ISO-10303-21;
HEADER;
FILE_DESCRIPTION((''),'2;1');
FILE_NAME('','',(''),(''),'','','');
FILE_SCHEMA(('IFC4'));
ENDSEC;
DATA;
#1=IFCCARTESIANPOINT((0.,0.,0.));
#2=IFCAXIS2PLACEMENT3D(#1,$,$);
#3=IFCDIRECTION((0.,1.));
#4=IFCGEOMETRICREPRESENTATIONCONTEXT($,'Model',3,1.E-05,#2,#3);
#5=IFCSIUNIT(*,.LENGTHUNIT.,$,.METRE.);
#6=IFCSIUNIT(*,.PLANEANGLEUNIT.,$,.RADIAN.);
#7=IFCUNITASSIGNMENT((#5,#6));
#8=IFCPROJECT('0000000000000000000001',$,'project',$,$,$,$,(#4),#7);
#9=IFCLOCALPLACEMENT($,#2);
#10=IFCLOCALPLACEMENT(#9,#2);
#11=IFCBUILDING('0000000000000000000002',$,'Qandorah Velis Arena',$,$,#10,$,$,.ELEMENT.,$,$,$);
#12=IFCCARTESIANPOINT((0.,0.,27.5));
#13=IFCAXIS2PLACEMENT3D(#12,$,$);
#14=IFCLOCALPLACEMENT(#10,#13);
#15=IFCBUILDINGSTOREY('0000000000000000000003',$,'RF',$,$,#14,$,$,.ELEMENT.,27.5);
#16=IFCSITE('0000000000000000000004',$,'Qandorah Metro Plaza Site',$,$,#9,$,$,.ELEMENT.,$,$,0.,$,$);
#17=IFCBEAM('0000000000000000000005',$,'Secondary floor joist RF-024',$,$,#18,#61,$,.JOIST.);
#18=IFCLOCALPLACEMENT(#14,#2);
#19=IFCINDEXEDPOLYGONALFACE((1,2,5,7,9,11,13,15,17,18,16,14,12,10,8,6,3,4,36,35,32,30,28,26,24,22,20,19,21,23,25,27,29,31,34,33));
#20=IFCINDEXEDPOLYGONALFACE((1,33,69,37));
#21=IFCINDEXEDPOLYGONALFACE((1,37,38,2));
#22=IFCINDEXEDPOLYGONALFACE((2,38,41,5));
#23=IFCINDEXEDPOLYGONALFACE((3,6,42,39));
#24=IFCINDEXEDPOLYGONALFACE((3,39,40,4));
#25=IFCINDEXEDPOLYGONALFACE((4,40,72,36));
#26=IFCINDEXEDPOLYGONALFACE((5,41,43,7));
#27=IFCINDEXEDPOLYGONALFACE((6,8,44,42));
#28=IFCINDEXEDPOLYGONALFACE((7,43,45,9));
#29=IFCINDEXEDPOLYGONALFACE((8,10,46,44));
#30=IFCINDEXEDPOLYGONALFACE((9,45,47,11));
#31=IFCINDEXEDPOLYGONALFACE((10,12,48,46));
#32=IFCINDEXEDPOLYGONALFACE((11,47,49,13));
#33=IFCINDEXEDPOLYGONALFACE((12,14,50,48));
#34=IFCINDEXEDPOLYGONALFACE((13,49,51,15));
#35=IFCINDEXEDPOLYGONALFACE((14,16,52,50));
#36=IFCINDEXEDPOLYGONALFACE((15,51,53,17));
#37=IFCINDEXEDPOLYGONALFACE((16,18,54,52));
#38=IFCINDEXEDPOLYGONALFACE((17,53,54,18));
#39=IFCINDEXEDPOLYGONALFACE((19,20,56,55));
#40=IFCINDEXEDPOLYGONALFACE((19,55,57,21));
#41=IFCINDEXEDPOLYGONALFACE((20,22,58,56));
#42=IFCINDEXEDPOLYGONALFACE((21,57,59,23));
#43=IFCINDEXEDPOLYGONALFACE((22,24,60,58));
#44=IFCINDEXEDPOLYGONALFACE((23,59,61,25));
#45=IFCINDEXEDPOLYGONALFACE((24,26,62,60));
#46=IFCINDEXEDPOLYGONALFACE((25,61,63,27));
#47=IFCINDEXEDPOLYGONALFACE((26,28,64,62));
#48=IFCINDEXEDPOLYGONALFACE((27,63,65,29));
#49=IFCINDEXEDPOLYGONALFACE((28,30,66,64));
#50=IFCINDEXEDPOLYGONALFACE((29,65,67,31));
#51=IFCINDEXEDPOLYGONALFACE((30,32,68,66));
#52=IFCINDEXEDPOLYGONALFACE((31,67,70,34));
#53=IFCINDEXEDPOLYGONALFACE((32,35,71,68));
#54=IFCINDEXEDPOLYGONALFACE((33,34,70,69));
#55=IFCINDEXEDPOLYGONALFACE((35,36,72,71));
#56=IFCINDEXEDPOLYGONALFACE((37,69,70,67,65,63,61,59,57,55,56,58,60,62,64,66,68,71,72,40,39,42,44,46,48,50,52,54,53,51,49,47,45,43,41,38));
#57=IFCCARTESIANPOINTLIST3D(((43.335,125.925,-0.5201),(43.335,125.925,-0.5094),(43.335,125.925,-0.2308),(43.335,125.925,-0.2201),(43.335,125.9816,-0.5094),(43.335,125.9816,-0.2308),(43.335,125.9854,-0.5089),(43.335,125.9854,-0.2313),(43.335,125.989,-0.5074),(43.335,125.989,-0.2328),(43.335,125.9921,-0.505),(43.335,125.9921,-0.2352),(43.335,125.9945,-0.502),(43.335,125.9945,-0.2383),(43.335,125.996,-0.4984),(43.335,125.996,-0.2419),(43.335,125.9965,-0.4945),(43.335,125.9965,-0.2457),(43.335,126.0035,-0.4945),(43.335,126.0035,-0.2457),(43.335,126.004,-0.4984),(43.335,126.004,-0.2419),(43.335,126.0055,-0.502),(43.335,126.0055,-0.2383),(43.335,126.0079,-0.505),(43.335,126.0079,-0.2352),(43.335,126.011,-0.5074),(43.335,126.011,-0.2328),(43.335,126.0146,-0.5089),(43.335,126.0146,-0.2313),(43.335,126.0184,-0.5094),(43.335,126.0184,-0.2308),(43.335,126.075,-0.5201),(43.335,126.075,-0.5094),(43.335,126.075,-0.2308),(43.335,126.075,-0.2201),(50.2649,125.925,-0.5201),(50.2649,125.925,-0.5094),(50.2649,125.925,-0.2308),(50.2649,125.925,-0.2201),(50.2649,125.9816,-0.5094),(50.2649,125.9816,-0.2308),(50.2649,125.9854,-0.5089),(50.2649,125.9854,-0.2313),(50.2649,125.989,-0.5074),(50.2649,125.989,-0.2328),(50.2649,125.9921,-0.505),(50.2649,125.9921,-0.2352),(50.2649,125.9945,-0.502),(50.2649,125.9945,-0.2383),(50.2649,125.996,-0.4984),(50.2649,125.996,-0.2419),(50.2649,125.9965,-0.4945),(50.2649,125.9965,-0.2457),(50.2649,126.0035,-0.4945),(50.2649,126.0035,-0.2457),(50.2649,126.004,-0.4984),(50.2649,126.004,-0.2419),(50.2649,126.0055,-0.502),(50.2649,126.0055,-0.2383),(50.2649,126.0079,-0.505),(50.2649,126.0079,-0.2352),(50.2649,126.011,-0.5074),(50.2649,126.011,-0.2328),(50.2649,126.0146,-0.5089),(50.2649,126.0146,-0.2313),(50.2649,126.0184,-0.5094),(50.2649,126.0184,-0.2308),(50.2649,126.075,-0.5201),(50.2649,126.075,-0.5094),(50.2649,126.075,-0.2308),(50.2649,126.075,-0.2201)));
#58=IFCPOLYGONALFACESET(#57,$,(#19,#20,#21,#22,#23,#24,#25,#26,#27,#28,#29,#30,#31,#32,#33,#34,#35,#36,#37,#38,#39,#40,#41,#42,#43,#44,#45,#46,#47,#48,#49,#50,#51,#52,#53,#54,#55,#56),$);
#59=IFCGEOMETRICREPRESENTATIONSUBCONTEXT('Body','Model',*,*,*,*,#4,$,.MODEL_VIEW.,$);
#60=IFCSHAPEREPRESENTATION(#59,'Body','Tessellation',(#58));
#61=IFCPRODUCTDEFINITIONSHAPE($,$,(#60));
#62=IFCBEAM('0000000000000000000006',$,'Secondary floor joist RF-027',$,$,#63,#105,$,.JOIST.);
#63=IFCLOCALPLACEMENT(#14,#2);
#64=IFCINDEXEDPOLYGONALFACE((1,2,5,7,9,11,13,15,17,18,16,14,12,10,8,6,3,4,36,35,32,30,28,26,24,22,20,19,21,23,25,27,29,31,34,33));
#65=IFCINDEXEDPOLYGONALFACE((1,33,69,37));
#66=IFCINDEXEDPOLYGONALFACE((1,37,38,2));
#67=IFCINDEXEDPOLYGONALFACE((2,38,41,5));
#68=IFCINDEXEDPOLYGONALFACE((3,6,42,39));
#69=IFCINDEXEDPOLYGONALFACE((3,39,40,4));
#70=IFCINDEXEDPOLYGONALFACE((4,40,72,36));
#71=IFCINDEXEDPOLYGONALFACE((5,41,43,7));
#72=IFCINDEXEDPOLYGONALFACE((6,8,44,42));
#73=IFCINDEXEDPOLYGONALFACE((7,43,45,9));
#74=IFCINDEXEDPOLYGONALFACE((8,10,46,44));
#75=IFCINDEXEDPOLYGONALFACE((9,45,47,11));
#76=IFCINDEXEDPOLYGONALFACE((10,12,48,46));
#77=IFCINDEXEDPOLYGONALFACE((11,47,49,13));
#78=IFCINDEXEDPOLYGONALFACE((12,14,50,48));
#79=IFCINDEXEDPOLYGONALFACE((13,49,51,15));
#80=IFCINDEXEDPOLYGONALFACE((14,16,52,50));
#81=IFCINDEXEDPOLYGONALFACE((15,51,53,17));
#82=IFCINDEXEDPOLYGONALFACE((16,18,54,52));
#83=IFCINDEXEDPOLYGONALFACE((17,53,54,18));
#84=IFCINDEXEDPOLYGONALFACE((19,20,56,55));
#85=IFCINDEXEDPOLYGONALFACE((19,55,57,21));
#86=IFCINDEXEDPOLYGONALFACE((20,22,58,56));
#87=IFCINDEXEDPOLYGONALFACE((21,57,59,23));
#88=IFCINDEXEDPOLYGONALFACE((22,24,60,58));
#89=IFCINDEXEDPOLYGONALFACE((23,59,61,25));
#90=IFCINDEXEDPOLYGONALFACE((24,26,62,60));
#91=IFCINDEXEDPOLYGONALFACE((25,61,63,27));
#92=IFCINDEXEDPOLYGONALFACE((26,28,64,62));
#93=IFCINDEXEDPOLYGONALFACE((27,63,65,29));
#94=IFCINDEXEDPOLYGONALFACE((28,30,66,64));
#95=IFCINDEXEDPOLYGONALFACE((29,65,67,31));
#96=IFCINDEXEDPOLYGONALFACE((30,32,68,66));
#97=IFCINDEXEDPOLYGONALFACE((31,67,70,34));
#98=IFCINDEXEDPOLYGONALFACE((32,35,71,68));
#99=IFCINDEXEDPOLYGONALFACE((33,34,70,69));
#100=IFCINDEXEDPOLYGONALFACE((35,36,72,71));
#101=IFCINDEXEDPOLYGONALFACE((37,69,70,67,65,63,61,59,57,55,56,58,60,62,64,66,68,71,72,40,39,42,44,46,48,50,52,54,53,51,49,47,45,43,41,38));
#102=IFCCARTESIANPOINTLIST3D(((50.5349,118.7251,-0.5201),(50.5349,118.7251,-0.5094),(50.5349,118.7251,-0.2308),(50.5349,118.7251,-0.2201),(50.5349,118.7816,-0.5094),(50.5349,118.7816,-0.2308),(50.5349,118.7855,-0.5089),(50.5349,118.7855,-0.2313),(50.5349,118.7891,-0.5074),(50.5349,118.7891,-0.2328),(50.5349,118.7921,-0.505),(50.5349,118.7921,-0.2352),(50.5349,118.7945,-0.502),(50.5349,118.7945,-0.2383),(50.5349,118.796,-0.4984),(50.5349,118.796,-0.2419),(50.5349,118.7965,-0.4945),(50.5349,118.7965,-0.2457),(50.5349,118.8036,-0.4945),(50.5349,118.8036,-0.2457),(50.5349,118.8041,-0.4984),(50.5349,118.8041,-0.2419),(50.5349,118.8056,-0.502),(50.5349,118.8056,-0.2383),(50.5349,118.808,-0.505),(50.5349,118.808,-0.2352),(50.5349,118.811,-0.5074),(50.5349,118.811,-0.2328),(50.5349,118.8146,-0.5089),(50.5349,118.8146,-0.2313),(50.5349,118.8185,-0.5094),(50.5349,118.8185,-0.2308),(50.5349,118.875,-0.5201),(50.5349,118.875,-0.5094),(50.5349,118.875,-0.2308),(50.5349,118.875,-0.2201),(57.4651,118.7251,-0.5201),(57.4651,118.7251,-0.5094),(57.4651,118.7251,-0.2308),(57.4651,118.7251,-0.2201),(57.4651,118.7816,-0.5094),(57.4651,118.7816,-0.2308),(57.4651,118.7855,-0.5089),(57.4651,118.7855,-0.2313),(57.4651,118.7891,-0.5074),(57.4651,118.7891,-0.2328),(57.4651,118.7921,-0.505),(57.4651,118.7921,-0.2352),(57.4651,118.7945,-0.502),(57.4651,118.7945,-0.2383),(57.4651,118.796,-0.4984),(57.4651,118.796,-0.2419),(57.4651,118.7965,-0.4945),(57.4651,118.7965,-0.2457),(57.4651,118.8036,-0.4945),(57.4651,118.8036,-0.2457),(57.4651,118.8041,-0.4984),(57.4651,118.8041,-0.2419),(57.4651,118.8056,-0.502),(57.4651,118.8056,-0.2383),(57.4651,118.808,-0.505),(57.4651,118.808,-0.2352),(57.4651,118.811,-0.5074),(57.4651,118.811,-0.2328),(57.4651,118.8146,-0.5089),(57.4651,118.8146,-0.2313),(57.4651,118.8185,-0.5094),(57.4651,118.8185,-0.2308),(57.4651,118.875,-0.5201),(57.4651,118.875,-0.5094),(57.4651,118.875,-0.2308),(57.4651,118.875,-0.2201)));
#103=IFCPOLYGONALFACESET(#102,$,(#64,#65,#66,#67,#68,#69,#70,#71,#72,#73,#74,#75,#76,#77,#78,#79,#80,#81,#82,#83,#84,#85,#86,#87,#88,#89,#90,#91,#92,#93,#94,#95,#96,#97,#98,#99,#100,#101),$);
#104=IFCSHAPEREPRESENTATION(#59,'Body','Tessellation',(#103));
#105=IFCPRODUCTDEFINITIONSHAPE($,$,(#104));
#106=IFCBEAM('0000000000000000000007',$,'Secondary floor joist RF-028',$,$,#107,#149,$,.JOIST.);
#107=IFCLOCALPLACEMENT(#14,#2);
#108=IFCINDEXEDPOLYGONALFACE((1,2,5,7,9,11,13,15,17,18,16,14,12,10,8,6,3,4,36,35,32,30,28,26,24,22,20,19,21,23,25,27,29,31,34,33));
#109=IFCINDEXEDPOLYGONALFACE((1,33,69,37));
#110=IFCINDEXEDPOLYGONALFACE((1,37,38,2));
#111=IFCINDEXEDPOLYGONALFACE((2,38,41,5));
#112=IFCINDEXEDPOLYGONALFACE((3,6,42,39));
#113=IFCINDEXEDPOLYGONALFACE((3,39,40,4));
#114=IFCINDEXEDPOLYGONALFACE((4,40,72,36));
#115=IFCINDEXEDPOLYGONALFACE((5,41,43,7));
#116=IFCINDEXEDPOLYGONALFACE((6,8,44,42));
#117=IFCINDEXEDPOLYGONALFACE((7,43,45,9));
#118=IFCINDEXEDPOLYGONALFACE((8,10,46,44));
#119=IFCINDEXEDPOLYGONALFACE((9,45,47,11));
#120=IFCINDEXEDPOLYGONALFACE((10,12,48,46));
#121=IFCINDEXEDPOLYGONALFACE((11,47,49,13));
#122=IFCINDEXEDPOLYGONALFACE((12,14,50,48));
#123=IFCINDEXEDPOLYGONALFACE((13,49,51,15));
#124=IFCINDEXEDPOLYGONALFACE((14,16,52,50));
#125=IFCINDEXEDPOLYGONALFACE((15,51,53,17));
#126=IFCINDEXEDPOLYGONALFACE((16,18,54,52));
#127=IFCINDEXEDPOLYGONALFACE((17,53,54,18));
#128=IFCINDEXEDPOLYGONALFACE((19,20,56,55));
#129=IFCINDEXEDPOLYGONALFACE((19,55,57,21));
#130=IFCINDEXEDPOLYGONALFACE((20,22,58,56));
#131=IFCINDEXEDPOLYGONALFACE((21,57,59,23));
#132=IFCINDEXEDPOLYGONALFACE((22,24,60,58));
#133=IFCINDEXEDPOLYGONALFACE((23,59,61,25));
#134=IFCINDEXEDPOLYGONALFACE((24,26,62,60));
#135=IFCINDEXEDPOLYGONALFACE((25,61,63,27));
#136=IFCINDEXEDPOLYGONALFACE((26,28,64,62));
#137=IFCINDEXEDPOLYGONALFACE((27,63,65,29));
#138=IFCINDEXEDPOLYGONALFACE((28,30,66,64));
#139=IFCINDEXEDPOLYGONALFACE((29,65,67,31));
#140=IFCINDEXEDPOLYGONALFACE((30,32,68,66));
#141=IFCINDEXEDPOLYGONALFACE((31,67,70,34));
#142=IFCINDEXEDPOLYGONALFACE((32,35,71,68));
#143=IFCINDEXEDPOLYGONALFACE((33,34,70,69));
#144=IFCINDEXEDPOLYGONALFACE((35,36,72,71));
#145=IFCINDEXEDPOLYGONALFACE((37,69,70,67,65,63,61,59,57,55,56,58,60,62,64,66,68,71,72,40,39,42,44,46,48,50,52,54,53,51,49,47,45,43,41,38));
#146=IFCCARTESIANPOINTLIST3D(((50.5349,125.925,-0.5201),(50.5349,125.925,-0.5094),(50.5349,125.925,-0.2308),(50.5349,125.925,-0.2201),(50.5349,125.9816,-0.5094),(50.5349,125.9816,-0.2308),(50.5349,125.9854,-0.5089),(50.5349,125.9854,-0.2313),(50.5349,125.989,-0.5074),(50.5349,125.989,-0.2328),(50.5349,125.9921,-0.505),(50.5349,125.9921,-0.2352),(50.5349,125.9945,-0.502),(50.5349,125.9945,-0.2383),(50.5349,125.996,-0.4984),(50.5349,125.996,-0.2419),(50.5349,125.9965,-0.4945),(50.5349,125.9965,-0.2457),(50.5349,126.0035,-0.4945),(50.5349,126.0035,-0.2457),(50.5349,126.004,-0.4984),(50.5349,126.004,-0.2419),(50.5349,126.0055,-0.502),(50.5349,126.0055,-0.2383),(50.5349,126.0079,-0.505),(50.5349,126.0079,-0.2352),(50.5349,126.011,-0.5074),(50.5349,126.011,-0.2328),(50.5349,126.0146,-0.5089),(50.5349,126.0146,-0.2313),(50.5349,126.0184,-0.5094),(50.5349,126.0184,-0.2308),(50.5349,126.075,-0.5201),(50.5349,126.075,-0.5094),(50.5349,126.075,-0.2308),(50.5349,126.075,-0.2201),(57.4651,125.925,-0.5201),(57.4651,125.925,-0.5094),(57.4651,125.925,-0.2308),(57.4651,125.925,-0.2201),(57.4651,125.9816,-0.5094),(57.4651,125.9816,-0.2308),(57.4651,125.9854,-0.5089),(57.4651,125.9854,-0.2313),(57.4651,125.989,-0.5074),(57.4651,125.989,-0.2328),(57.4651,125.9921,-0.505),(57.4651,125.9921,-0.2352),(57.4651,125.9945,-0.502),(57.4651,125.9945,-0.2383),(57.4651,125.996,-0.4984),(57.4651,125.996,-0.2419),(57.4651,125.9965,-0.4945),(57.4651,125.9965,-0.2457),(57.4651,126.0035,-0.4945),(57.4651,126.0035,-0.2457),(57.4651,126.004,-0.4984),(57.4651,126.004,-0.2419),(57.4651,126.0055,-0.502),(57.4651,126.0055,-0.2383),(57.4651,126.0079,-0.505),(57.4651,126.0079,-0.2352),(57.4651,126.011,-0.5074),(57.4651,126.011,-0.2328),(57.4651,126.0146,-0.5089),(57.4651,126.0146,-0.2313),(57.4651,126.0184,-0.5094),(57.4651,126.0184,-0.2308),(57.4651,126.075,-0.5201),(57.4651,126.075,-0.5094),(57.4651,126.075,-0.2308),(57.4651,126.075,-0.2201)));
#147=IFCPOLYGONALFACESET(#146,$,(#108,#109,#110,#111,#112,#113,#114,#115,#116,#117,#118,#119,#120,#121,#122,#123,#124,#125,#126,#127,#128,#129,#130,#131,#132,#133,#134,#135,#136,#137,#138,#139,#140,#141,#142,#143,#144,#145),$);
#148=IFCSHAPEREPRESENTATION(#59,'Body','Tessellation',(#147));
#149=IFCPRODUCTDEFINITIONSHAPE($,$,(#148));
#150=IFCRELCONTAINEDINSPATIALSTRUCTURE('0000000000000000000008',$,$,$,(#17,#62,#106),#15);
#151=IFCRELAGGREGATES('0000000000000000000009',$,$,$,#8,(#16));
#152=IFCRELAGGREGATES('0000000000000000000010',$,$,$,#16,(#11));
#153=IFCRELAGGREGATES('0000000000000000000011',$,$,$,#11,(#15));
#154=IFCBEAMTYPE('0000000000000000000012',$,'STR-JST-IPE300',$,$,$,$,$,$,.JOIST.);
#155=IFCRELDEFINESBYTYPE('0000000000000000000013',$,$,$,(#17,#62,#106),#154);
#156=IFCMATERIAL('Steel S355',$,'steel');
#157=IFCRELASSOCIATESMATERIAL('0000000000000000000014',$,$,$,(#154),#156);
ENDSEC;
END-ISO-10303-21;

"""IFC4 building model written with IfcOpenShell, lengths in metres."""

from ifc_helpers import new_model, si_unit, direction, frame, origin, origin_2d, place, context, subcontext, project, spatial, i_section, extrude, material, material_profile, profile_set, type_object, element, save


model = new_model("IFC4")

# Units and contexts
model_context = context("Model", 3, precision=1e-05, world=origin(), true_north=direction((0.0, 1.0)))
body_context = subcontext(model_context, "Body", "Model", "MODEL_VIEW")
ifc_project = project(units=[si_unit("LENGTHUNIT", "METRE"), si_unit("PLANEANGLEUNIT", "RADIAN")], contexts=[model_context])

# Site, building, storey
site_placement = place(None, origin())
site = spatial("IfcSite", under=ifc_project, at=site_placement, Name="Qandorah Metro Plaza Site", CompositionType="ELEMENT", RefElevation=0.0)
building_placement = place(site_placement, origin())
building = spatial("IfcBuilding", under=site, at=building_placement, Name="Qandorah Velis Arena", CompositionType="ELEMENT")
storey_placement = place(building_placement, frame((0.0, 0.0, 27.5)))
storey = spatial("IfcBuildingStorey", under=building, at=storey_placement, Name="RF", CompositionType="ELEMENT", Elevation=27.5)

# Beams
ifc_material_1 = material(Name="Steel S355", Category="steel")
ifc_material_profile_1 = material_profile(ifc_material_1, i_section(OverallWidth=0.1499, OverallDepth=0.3, WebThickness=0.0071, FlangeThickness=0.0107, FilletRadius=0.0149, at=origin_2d()), Name="IPE 300")
ifc_profile_set_1 = profile_set([ifc_material_profile_1], Name="Steel S355")
beam_type_1 = type_object("IfcBeamType", Name="STR-JST-IPE300", PredefinedType="JOIST", material=ifc_profile_set_1)
for number, where, z_axis, x_axis, name in (
    (1, (43.335, 126.0, -0.3701), (1.0, 0.0, 0.0), (0.0, 1.0, 0.0), "Secondary floor joist RF-024"),
):
    element("IfcBeam", number, at=place(storey_placement, frame(where, z_axis=z_axis, x_axis=x_axis)), inside=storey, type_object=beam_type_1, Name=name, PredefinedType="JOIST", context=body_context, shape_type="SweptSolid", body=[
        extrude(i_section(OverallWidth=0.1499, OverallDepth=0.3, WebThickness=0.0071, FlangeThickness=0.0107, FilletRadius=0.0149, at=origin_2d()), origin(), (0.0, 0.0, 1.0), 6.9299),
    ])
for number, where, z_axis, x_axis, name in (
    (2, (50.5349, 118.8, -0.3701), (1.0, 0.0, 0.0), (0.0, 1.0, 0.0), "Secondary floor joist RF-027"),
    (3, (50.5349, 126.0, -0.3701), (1.0, 0.0, 0.0), (0.0, 1.0, 0.0), "Secondary floor joist RF-028"),
):
    element("IfcBeam", number, at=place(storey_placement, frame(where, z_axis=z_axis, x_axis=x_axis)), inside=storey, type_object=beam_type_1, Name=name, PredefinedType="JOIST", context=body_context, shape_type="SweptSolid", body=[
        extrude(i_section(OverallWidth=0.1499, OverallDepth=0.3, WebThickness=0.0071, FlangeThickness=0.0107, FilletRadius=0.0149, at=origin_2d()), origin(), (0.0, 0.0, 1.0), 6.9302),
    ])

save(model, "model.ifc")
